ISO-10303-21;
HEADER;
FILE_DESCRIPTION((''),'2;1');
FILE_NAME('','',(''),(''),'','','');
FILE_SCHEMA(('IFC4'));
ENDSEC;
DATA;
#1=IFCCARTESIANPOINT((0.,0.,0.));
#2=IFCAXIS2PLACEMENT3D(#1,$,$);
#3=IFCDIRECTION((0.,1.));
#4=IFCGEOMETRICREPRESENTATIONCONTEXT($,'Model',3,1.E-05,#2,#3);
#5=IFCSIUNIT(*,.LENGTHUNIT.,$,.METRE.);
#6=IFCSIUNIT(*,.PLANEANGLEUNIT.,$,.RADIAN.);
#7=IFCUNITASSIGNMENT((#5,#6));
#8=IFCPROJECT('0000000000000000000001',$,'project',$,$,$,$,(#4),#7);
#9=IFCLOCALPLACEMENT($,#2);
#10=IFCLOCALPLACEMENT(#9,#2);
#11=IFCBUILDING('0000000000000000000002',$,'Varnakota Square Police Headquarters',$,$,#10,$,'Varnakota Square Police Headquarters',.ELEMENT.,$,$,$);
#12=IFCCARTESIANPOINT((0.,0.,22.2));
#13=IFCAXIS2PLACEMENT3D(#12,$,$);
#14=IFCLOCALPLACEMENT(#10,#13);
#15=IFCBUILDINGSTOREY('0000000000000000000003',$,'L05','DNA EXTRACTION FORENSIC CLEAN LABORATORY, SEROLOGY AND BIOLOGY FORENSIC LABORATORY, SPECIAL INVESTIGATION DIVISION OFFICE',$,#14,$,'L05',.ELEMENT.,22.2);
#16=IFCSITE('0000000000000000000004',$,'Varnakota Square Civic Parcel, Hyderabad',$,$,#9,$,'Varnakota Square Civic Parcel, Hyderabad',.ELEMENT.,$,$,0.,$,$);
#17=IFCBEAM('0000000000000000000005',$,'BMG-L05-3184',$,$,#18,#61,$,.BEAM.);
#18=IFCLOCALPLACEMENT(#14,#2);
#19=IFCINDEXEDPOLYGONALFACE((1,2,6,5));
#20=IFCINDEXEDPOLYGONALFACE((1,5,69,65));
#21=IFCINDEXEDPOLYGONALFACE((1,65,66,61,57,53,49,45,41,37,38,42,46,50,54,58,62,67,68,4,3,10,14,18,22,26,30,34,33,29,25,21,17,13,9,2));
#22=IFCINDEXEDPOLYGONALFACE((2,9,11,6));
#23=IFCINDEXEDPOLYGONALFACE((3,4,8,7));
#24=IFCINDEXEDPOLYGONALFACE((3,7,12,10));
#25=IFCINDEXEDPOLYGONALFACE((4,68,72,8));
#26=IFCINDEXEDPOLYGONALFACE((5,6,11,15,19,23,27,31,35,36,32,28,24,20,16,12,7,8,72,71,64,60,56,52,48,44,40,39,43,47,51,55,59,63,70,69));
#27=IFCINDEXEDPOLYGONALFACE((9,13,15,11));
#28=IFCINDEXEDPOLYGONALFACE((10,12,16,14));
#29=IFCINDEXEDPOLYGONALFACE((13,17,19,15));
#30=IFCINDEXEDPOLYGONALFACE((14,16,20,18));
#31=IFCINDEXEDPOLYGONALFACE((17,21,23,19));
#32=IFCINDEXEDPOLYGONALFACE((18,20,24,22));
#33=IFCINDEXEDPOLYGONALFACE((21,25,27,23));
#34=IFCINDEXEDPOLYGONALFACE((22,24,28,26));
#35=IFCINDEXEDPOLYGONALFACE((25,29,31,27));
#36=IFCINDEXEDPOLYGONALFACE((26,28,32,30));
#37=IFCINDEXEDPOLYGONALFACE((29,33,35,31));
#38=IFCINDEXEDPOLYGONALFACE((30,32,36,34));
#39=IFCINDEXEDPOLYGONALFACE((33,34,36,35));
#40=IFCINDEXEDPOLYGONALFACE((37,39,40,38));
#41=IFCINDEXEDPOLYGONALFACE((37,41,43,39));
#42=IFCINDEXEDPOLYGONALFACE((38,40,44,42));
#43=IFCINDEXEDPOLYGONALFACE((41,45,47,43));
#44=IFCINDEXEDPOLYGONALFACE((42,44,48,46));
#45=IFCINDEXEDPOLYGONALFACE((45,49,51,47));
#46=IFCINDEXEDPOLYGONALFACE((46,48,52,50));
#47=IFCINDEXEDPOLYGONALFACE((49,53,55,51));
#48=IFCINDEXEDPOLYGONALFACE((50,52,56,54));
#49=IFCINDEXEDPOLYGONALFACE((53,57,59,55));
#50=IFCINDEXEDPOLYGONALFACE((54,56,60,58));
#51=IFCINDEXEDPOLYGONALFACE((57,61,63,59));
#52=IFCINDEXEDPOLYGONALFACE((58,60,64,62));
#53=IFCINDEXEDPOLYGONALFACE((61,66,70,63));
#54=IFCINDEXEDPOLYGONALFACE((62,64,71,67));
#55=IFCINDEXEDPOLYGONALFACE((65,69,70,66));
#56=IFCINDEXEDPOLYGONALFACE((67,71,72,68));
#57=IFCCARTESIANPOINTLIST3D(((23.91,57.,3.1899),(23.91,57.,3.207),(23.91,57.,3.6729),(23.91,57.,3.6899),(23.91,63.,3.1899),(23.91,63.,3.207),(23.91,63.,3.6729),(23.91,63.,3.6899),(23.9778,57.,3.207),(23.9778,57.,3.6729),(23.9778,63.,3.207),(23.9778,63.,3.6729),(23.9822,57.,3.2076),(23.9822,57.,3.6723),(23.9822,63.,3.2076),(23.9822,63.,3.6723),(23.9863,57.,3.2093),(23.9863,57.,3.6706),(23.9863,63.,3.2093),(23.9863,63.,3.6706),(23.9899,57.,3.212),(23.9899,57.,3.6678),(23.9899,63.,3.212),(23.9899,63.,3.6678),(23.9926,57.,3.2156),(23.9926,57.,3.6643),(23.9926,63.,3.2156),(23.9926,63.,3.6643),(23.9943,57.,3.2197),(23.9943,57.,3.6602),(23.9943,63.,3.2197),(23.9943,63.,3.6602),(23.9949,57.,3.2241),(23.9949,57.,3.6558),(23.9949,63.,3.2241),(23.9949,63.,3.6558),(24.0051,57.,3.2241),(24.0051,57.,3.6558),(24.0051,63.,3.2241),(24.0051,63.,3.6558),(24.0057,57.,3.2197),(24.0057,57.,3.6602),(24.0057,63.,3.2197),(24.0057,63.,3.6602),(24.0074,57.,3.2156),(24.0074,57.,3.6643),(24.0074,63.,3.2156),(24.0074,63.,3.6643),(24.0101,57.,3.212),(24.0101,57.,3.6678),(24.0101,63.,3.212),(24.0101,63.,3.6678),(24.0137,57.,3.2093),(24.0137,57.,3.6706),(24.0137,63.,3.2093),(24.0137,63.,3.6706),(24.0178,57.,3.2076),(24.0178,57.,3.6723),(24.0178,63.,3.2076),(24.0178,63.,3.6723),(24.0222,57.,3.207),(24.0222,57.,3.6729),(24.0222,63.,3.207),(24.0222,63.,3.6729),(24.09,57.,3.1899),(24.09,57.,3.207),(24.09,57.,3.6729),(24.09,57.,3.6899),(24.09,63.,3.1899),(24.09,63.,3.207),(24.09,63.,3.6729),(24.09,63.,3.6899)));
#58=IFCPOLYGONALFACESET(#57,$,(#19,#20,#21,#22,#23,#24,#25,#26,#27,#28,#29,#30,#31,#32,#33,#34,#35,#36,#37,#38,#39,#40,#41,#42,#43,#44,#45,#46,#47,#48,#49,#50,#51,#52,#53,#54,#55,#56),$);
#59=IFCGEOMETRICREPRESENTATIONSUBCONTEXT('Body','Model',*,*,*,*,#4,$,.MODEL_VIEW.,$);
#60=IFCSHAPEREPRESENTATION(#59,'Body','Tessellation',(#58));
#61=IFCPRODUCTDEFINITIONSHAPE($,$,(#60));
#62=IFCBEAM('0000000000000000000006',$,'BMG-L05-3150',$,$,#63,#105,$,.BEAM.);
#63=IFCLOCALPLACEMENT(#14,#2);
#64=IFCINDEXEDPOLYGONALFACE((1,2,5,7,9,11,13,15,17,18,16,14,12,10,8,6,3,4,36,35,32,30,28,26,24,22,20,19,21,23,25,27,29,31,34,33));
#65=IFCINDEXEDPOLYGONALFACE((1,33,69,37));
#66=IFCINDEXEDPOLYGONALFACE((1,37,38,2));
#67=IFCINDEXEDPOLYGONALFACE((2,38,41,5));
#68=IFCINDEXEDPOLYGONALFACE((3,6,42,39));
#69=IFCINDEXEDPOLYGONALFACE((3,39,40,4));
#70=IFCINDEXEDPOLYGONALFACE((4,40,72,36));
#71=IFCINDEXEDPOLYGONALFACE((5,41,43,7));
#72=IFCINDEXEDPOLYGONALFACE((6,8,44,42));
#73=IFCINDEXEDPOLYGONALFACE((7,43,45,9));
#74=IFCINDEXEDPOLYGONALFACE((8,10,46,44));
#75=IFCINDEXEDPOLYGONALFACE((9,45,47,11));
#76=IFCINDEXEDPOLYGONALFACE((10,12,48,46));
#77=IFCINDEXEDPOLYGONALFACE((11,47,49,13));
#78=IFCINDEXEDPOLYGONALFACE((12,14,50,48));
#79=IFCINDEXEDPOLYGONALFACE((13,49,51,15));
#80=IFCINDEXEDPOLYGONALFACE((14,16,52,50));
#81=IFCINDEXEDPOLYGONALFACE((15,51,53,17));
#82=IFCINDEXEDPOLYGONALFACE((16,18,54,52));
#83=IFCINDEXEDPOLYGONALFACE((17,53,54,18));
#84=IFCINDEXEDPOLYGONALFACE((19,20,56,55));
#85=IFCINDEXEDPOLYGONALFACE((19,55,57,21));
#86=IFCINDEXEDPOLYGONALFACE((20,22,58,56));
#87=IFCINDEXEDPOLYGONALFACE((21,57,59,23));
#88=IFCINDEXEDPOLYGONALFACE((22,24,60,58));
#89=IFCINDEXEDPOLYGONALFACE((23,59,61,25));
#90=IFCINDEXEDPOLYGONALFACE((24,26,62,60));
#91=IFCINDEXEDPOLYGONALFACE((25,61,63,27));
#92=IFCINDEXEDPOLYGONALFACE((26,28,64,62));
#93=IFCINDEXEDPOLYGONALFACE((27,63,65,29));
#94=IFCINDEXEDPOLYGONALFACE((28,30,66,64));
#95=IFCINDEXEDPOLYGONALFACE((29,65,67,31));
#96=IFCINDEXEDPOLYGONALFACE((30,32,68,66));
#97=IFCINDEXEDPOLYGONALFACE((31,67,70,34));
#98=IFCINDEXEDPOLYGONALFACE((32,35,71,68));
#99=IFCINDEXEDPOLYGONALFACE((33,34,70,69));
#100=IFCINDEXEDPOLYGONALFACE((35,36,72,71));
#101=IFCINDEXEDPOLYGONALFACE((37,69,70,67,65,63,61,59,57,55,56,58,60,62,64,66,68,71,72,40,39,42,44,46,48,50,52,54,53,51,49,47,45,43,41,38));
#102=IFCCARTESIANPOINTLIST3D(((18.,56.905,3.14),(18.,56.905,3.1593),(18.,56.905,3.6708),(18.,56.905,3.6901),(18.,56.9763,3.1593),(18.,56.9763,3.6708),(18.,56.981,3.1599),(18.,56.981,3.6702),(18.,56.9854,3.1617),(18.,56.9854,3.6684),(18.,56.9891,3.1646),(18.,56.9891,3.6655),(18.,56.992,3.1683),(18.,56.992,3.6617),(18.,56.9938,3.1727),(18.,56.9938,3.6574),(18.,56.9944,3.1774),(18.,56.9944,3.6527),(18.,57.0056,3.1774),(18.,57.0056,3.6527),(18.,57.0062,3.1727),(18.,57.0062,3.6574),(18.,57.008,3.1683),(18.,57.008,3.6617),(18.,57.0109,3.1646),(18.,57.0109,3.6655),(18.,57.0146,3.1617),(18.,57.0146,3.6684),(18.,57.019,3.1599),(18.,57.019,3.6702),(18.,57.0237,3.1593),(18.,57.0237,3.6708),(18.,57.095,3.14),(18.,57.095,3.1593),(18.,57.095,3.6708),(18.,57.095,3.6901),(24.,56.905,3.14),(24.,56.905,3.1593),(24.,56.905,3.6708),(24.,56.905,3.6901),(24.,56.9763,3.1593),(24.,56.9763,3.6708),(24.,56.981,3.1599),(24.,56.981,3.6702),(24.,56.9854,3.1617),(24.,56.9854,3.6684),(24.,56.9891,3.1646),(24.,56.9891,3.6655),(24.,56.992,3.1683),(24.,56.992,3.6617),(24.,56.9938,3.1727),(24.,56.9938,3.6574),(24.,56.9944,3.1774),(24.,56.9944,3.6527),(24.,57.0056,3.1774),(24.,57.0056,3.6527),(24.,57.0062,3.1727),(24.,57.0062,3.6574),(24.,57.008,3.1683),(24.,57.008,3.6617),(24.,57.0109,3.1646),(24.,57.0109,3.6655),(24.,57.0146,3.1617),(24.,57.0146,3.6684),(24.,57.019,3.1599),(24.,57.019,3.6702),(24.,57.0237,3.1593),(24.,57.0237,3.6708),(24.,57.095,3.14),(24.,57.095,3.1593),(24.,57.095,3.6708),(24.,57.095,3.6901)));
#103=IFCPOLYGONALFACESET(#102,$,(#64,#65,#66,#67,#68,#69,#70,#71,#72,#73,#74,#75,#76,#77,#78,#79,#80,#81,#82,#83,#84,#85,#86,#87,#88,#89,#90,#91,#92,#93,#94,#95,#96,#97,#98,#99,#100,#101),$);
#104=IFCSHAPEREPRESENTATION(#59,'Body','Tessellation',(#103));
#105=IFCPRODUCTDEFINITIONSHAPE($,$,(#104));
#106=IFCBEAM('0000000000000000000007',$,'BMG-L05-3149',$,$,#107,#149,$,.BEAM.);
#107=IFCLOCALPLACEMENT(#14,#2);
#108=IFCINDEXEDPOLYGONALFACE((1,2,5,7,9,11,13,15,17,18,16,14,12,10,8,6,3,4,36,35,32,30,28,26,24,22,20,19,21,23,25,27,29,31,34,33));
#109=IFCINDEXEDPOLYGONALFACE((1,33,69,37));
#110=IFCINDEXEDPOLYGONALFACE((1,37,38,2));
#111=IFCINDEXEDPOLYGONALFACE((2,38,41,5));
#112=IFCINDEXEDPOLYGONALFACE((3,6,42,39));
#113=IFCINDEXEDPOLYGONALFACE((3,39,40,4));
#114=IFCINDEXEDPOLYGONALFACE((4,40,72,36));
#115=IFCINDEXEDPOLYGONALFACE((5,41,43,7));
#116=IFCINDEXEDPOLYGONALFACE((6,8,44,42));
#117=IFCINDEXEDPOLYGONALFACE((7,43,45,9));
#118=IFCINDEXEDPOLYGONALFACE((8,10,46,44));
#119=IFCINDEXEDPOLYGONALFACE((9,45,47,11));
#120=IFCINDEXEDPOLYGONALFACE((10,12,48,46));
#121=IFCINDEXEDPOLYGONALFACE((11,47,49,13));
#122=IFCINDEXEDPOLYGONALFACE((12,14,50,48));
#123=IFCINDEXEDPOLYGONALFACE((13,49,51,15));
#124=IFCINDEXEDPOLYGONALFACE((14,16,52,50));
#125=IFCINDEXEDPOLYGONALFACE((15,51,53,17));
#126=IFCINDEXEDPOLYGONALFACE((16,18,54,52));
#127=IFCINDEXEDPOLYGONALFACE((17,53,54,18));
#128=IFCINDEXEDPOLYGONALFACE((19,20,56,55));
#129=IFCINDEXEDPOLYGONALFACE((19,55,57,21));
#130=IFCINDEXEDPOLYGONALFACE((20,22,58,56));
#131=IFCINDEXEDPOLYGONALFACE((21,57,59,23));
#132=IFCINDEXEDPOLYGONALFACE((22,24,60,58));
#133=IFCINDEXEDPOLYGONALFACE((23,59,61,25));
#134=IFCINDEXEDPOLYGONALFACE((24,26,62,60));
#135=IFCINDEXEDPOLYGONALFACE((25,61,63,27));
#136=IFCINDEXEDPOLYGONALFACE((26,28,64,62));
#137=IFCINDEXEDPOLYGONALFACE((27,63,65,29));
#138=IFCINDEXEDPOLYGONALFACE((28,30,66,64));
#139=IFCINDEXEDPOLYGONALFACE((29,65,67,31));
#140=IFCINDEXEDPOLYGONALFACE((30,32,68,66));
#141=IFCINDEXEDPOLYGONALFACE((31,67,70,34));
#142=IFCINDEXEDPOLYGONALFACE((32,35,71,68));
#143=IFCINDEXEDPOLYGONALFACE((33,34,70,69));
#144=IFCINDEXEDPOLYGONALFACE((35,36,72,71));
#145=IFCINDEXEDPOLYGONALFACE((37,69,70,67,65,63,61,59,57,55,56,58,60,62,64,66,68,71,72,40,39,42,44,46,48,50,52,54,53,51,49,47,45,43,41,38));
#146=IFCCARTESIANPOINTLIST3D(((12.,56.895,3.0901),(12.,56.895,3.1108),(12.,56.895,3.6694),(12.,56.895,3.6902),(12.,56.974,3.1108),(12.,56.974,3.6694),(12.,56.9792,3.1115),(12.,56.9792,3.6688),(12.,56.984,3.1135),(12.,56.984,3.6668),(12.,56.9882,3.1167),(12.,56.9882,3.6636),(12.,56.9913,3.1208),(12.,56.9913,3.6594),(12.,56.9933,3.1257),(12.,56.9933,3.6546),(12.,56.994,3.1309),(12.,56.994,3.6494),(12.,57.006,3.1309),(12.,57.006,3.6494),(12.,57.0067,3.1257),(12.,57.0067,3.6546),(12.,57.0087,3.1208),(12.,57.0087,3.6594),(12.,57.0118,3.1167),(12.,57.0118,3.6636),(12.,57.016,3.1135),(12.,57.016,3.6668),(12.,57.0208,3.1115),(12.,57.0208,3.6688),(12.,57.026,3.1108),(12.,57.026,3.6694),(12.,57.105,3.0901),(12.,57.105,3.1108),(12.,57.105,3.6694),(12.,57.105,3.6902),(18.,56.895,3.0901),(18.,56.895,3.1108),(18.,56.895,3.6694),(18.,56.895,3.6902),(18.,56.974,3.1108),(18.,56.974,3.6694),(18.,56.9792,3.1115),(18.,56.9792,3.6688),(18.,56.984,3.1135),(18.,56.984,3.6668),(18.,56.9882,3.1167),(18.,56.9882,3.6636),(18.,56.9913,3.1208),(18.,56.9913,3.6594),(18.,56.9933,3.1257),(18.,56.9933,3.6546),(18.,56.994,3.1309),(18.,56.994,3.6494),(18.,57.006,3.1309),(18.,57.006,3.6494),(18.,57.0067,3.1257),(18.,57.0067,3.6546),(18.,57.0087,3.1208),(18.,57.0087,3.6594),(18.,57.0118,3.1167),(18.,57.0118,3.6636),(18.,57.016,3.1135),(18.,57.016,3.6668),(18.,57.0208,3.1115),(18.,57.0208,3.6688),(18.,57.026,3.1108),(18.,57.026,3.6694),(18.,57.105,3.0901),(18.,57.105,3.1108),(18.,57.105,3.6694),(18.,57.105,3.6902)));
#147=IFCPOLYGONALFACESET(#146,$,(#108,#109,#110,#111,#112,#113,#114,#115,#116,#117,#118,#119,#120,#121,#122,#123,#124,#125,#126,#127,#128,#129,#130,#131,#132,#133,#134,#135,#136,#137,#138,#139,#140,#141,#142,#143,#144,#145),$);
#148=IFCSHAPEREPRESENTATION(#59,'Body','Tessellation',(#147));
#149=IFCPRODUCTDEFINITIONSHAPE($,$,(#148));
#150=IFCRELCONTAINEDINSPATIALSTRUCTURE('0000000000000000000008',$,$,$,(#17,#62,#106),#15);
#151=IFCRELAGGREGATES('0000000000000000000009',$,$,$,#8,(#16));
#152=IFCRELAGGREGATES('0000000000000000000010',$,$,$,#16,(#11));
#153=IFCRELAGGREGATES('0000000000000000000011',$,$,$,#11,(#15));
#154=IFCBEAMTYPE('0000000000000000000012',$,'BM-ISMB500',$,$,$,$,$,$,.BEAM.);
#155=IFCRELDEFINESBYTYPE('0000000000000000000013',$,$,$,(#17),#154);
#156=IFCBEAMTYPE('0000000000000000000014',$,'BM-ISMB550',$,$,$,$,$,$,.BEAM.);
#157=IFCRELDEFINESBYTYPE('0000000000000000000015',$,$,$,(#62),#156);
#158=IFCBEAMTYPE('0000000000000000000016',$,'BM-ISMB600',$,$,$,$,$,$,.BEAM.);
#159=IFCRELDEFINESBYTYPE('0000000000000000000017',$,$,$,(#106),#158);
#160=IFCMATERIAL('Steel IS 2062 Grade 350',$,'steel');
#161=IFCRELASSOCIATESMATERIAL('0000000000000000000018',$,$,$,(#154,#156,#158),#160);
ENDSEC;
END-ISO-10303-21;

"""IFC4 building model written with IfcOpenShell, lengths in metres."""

from ifc_helpers import new_model, si_unit, direction, frame, origin, origin_2d, place, context, subcontext, project, spatial, i_section, extrude, material, material_profile, profile_set, type_object, element, save


model = new_model("IFC4")

# Units and contexts
model_context = context("Model", 3, precision=1e-05, world=origin(), true_north=direction((0.0, 1.0)))
body_context = subcontext(model_context, "Body", "Model", "MODEL_VIEW")
ifc_project = project(units=[si_unit("LENGTHUNIT", "METRE"), si_unit("PLANEANGLEUNIT", "RADIAN")], contexts=[model_context])

# Site, building, storey
site_placement = place(None, origin())
site = spatial("IfcSite", under=ifc_project, at=site_placement, Name="Varnakota Square Civic Parcel, Hyderabad", LongName="Varnakota Square Civic Parcel, Hyderabad", CompositionType="ELEMENT", RefElevation=0.0)
building_placement = place(site_placement, origin())
building = spatial("IfcBuilding", under=site, at=building_placement, Name="Varnakota Square Police Headquarters", LongName="Varnakota Square Police Headquarters", CompositionType="ELEMENT")
storey_placement = place(building_placement, frame((0.0, 0.0, 22.2)))
storey = spatial("IfcBuildingStorey", under=building, at=storey_placement, Name="L05", Description="DNA EXTRACTION FORENSIC CLEAN LABORATORY, SEROLOGY AND BIOLOGY FORENSIC LABORATORY, SPECIAL INVESTIGATION DIVISION OFFICE", LongName="L05", CompositionType="ELEMENT", Elevation=22.2)

# Shared definitions
ifc_material_1 = material(Name="Steel IS 2062 Grade 350", Category="steel")

# Beams
ifc_material_profile_1 = material_profile(ifc_material_1, i_section(OverallWidth=0.1799, OverallDepth=0.5, WebThickness=0.0103, FlangeThickness=0.0171, FilletRadius=0.0171, at=origin_2d()), Name="ISMB 500")
ifc_profile_set_1 = profile_set([ifc_material_profile_1], Name="Steel IS 2062 Grade 350")
beam_type_1 = type_object("IfcBeamType", Name="BM-ISMB500", PredefinedType="BEAM", material=ifc_profile_set_1)
for number, where, z_axis, x_axis, name in (
    (1, (24.0, 57.0, 3.4399), (0.0, 1.0, 0.0), (-1.0, 0.0, 0.0), "BMG-L05-3184"),
):
    element("IfcBeam", number, at=place(storey_placement, frame(where, z_axis=z_axis, x_axis=x_axis)), inside=storey, type_object=beam_type_1, Name=name, PredefinedType="BEAM", context=body_context, shape_type="SweptSolid", body=[
        extrude(i_section(OverallWidth=0.1799, OverallDepth=0.5, WebThickness=0.0103, FlangeThickness=0.0171, FilletRadius=0.0171, at=origin_2d()), origin(), (0.0, 0.0, 1.0), 6.0),
    ])
ifc_material_profile_2 = material_profile(ifc_material_1, i_section(OverallWidth=0.1899, OverallDepth=0.55, WebThickness=0.0112, FlangeThickness=0.0193, FilletRadius=0.0181, at=origin_2d()), Name="ISMB 550")
ifc_profile_set_2 = profile_set([ifc_material_profile_2], Name="Steel IS 2062 Grade 350")
beam_type_2 = type_object("IfcBeamType", Name="BM-ISMB550", PredefinedType="BEAM", material=ifc_profile_set_2)
beam_1_placement = place(storey_placement, frame((18.0, 57.0, 3.415), z_axis=(1.0, 0.0, 0.0), x_axis=(0.0, 1.0, 0.0)))
element("IfcBeam", 2, at=beam_1_placement, inside=storey, type_object=beam_type_2, Name="BMG-L05-3150", PredefinedType="BEAM", context=body_context, shape_type="SweptSolid", body=[
    extrude(i_section(OverallWidth=0.1899, OverallDepth=0.55, WebThickness=0.0112, FlangeThickness=0.0193, FilletRadius=0.0181, at=origin_2d()), origin(), (0.0, 0.0, 1.0), 6.0),
])
ifc_material_profile_3 = material_profile(ifc_material_1, i_section(OverallWidth=0.21, OverallDepth=0.6001, WebThickness=0.012, FlangeThickness=0.0208, FilletRadius=0.02, at=origin_2d()), Name="ISMB 600")
ifc_profile_set_3 = profile_set([ifc_material_profile_3], Name="Steel IS 2062 Grade 350")
beam_type_3 = type_object("IfcBeamType", Name="BM-ISMB600", PredefinedType="BEAM", material=ifc_profile_set_3)
beam_2_placement = place(storey_placement, frame((12.0, 57.0, 3.3901), z_axis=(1.0, 0.0, 0.0), x_axis=(0.0, 1.0, 0.0)))
element("IfcBeam", 3, at=beam_2_placement, inside=storey, type_object=beam_type_3, Name="BMG-L05-3149", PredefinedType="BEAM", context=body_context, shape_type="SweptSolid", body=[
    extrude(i_section(OverallWidth=0.21, OverallDepth=0.6001, WebThickness=0.012, FlangeThickness=0.0208, FilletRadius=0.02, at=origin_2d()), origin(), (0.0, 0.0, 1.0), 6.0),
])

save(model, "model.ifc")
